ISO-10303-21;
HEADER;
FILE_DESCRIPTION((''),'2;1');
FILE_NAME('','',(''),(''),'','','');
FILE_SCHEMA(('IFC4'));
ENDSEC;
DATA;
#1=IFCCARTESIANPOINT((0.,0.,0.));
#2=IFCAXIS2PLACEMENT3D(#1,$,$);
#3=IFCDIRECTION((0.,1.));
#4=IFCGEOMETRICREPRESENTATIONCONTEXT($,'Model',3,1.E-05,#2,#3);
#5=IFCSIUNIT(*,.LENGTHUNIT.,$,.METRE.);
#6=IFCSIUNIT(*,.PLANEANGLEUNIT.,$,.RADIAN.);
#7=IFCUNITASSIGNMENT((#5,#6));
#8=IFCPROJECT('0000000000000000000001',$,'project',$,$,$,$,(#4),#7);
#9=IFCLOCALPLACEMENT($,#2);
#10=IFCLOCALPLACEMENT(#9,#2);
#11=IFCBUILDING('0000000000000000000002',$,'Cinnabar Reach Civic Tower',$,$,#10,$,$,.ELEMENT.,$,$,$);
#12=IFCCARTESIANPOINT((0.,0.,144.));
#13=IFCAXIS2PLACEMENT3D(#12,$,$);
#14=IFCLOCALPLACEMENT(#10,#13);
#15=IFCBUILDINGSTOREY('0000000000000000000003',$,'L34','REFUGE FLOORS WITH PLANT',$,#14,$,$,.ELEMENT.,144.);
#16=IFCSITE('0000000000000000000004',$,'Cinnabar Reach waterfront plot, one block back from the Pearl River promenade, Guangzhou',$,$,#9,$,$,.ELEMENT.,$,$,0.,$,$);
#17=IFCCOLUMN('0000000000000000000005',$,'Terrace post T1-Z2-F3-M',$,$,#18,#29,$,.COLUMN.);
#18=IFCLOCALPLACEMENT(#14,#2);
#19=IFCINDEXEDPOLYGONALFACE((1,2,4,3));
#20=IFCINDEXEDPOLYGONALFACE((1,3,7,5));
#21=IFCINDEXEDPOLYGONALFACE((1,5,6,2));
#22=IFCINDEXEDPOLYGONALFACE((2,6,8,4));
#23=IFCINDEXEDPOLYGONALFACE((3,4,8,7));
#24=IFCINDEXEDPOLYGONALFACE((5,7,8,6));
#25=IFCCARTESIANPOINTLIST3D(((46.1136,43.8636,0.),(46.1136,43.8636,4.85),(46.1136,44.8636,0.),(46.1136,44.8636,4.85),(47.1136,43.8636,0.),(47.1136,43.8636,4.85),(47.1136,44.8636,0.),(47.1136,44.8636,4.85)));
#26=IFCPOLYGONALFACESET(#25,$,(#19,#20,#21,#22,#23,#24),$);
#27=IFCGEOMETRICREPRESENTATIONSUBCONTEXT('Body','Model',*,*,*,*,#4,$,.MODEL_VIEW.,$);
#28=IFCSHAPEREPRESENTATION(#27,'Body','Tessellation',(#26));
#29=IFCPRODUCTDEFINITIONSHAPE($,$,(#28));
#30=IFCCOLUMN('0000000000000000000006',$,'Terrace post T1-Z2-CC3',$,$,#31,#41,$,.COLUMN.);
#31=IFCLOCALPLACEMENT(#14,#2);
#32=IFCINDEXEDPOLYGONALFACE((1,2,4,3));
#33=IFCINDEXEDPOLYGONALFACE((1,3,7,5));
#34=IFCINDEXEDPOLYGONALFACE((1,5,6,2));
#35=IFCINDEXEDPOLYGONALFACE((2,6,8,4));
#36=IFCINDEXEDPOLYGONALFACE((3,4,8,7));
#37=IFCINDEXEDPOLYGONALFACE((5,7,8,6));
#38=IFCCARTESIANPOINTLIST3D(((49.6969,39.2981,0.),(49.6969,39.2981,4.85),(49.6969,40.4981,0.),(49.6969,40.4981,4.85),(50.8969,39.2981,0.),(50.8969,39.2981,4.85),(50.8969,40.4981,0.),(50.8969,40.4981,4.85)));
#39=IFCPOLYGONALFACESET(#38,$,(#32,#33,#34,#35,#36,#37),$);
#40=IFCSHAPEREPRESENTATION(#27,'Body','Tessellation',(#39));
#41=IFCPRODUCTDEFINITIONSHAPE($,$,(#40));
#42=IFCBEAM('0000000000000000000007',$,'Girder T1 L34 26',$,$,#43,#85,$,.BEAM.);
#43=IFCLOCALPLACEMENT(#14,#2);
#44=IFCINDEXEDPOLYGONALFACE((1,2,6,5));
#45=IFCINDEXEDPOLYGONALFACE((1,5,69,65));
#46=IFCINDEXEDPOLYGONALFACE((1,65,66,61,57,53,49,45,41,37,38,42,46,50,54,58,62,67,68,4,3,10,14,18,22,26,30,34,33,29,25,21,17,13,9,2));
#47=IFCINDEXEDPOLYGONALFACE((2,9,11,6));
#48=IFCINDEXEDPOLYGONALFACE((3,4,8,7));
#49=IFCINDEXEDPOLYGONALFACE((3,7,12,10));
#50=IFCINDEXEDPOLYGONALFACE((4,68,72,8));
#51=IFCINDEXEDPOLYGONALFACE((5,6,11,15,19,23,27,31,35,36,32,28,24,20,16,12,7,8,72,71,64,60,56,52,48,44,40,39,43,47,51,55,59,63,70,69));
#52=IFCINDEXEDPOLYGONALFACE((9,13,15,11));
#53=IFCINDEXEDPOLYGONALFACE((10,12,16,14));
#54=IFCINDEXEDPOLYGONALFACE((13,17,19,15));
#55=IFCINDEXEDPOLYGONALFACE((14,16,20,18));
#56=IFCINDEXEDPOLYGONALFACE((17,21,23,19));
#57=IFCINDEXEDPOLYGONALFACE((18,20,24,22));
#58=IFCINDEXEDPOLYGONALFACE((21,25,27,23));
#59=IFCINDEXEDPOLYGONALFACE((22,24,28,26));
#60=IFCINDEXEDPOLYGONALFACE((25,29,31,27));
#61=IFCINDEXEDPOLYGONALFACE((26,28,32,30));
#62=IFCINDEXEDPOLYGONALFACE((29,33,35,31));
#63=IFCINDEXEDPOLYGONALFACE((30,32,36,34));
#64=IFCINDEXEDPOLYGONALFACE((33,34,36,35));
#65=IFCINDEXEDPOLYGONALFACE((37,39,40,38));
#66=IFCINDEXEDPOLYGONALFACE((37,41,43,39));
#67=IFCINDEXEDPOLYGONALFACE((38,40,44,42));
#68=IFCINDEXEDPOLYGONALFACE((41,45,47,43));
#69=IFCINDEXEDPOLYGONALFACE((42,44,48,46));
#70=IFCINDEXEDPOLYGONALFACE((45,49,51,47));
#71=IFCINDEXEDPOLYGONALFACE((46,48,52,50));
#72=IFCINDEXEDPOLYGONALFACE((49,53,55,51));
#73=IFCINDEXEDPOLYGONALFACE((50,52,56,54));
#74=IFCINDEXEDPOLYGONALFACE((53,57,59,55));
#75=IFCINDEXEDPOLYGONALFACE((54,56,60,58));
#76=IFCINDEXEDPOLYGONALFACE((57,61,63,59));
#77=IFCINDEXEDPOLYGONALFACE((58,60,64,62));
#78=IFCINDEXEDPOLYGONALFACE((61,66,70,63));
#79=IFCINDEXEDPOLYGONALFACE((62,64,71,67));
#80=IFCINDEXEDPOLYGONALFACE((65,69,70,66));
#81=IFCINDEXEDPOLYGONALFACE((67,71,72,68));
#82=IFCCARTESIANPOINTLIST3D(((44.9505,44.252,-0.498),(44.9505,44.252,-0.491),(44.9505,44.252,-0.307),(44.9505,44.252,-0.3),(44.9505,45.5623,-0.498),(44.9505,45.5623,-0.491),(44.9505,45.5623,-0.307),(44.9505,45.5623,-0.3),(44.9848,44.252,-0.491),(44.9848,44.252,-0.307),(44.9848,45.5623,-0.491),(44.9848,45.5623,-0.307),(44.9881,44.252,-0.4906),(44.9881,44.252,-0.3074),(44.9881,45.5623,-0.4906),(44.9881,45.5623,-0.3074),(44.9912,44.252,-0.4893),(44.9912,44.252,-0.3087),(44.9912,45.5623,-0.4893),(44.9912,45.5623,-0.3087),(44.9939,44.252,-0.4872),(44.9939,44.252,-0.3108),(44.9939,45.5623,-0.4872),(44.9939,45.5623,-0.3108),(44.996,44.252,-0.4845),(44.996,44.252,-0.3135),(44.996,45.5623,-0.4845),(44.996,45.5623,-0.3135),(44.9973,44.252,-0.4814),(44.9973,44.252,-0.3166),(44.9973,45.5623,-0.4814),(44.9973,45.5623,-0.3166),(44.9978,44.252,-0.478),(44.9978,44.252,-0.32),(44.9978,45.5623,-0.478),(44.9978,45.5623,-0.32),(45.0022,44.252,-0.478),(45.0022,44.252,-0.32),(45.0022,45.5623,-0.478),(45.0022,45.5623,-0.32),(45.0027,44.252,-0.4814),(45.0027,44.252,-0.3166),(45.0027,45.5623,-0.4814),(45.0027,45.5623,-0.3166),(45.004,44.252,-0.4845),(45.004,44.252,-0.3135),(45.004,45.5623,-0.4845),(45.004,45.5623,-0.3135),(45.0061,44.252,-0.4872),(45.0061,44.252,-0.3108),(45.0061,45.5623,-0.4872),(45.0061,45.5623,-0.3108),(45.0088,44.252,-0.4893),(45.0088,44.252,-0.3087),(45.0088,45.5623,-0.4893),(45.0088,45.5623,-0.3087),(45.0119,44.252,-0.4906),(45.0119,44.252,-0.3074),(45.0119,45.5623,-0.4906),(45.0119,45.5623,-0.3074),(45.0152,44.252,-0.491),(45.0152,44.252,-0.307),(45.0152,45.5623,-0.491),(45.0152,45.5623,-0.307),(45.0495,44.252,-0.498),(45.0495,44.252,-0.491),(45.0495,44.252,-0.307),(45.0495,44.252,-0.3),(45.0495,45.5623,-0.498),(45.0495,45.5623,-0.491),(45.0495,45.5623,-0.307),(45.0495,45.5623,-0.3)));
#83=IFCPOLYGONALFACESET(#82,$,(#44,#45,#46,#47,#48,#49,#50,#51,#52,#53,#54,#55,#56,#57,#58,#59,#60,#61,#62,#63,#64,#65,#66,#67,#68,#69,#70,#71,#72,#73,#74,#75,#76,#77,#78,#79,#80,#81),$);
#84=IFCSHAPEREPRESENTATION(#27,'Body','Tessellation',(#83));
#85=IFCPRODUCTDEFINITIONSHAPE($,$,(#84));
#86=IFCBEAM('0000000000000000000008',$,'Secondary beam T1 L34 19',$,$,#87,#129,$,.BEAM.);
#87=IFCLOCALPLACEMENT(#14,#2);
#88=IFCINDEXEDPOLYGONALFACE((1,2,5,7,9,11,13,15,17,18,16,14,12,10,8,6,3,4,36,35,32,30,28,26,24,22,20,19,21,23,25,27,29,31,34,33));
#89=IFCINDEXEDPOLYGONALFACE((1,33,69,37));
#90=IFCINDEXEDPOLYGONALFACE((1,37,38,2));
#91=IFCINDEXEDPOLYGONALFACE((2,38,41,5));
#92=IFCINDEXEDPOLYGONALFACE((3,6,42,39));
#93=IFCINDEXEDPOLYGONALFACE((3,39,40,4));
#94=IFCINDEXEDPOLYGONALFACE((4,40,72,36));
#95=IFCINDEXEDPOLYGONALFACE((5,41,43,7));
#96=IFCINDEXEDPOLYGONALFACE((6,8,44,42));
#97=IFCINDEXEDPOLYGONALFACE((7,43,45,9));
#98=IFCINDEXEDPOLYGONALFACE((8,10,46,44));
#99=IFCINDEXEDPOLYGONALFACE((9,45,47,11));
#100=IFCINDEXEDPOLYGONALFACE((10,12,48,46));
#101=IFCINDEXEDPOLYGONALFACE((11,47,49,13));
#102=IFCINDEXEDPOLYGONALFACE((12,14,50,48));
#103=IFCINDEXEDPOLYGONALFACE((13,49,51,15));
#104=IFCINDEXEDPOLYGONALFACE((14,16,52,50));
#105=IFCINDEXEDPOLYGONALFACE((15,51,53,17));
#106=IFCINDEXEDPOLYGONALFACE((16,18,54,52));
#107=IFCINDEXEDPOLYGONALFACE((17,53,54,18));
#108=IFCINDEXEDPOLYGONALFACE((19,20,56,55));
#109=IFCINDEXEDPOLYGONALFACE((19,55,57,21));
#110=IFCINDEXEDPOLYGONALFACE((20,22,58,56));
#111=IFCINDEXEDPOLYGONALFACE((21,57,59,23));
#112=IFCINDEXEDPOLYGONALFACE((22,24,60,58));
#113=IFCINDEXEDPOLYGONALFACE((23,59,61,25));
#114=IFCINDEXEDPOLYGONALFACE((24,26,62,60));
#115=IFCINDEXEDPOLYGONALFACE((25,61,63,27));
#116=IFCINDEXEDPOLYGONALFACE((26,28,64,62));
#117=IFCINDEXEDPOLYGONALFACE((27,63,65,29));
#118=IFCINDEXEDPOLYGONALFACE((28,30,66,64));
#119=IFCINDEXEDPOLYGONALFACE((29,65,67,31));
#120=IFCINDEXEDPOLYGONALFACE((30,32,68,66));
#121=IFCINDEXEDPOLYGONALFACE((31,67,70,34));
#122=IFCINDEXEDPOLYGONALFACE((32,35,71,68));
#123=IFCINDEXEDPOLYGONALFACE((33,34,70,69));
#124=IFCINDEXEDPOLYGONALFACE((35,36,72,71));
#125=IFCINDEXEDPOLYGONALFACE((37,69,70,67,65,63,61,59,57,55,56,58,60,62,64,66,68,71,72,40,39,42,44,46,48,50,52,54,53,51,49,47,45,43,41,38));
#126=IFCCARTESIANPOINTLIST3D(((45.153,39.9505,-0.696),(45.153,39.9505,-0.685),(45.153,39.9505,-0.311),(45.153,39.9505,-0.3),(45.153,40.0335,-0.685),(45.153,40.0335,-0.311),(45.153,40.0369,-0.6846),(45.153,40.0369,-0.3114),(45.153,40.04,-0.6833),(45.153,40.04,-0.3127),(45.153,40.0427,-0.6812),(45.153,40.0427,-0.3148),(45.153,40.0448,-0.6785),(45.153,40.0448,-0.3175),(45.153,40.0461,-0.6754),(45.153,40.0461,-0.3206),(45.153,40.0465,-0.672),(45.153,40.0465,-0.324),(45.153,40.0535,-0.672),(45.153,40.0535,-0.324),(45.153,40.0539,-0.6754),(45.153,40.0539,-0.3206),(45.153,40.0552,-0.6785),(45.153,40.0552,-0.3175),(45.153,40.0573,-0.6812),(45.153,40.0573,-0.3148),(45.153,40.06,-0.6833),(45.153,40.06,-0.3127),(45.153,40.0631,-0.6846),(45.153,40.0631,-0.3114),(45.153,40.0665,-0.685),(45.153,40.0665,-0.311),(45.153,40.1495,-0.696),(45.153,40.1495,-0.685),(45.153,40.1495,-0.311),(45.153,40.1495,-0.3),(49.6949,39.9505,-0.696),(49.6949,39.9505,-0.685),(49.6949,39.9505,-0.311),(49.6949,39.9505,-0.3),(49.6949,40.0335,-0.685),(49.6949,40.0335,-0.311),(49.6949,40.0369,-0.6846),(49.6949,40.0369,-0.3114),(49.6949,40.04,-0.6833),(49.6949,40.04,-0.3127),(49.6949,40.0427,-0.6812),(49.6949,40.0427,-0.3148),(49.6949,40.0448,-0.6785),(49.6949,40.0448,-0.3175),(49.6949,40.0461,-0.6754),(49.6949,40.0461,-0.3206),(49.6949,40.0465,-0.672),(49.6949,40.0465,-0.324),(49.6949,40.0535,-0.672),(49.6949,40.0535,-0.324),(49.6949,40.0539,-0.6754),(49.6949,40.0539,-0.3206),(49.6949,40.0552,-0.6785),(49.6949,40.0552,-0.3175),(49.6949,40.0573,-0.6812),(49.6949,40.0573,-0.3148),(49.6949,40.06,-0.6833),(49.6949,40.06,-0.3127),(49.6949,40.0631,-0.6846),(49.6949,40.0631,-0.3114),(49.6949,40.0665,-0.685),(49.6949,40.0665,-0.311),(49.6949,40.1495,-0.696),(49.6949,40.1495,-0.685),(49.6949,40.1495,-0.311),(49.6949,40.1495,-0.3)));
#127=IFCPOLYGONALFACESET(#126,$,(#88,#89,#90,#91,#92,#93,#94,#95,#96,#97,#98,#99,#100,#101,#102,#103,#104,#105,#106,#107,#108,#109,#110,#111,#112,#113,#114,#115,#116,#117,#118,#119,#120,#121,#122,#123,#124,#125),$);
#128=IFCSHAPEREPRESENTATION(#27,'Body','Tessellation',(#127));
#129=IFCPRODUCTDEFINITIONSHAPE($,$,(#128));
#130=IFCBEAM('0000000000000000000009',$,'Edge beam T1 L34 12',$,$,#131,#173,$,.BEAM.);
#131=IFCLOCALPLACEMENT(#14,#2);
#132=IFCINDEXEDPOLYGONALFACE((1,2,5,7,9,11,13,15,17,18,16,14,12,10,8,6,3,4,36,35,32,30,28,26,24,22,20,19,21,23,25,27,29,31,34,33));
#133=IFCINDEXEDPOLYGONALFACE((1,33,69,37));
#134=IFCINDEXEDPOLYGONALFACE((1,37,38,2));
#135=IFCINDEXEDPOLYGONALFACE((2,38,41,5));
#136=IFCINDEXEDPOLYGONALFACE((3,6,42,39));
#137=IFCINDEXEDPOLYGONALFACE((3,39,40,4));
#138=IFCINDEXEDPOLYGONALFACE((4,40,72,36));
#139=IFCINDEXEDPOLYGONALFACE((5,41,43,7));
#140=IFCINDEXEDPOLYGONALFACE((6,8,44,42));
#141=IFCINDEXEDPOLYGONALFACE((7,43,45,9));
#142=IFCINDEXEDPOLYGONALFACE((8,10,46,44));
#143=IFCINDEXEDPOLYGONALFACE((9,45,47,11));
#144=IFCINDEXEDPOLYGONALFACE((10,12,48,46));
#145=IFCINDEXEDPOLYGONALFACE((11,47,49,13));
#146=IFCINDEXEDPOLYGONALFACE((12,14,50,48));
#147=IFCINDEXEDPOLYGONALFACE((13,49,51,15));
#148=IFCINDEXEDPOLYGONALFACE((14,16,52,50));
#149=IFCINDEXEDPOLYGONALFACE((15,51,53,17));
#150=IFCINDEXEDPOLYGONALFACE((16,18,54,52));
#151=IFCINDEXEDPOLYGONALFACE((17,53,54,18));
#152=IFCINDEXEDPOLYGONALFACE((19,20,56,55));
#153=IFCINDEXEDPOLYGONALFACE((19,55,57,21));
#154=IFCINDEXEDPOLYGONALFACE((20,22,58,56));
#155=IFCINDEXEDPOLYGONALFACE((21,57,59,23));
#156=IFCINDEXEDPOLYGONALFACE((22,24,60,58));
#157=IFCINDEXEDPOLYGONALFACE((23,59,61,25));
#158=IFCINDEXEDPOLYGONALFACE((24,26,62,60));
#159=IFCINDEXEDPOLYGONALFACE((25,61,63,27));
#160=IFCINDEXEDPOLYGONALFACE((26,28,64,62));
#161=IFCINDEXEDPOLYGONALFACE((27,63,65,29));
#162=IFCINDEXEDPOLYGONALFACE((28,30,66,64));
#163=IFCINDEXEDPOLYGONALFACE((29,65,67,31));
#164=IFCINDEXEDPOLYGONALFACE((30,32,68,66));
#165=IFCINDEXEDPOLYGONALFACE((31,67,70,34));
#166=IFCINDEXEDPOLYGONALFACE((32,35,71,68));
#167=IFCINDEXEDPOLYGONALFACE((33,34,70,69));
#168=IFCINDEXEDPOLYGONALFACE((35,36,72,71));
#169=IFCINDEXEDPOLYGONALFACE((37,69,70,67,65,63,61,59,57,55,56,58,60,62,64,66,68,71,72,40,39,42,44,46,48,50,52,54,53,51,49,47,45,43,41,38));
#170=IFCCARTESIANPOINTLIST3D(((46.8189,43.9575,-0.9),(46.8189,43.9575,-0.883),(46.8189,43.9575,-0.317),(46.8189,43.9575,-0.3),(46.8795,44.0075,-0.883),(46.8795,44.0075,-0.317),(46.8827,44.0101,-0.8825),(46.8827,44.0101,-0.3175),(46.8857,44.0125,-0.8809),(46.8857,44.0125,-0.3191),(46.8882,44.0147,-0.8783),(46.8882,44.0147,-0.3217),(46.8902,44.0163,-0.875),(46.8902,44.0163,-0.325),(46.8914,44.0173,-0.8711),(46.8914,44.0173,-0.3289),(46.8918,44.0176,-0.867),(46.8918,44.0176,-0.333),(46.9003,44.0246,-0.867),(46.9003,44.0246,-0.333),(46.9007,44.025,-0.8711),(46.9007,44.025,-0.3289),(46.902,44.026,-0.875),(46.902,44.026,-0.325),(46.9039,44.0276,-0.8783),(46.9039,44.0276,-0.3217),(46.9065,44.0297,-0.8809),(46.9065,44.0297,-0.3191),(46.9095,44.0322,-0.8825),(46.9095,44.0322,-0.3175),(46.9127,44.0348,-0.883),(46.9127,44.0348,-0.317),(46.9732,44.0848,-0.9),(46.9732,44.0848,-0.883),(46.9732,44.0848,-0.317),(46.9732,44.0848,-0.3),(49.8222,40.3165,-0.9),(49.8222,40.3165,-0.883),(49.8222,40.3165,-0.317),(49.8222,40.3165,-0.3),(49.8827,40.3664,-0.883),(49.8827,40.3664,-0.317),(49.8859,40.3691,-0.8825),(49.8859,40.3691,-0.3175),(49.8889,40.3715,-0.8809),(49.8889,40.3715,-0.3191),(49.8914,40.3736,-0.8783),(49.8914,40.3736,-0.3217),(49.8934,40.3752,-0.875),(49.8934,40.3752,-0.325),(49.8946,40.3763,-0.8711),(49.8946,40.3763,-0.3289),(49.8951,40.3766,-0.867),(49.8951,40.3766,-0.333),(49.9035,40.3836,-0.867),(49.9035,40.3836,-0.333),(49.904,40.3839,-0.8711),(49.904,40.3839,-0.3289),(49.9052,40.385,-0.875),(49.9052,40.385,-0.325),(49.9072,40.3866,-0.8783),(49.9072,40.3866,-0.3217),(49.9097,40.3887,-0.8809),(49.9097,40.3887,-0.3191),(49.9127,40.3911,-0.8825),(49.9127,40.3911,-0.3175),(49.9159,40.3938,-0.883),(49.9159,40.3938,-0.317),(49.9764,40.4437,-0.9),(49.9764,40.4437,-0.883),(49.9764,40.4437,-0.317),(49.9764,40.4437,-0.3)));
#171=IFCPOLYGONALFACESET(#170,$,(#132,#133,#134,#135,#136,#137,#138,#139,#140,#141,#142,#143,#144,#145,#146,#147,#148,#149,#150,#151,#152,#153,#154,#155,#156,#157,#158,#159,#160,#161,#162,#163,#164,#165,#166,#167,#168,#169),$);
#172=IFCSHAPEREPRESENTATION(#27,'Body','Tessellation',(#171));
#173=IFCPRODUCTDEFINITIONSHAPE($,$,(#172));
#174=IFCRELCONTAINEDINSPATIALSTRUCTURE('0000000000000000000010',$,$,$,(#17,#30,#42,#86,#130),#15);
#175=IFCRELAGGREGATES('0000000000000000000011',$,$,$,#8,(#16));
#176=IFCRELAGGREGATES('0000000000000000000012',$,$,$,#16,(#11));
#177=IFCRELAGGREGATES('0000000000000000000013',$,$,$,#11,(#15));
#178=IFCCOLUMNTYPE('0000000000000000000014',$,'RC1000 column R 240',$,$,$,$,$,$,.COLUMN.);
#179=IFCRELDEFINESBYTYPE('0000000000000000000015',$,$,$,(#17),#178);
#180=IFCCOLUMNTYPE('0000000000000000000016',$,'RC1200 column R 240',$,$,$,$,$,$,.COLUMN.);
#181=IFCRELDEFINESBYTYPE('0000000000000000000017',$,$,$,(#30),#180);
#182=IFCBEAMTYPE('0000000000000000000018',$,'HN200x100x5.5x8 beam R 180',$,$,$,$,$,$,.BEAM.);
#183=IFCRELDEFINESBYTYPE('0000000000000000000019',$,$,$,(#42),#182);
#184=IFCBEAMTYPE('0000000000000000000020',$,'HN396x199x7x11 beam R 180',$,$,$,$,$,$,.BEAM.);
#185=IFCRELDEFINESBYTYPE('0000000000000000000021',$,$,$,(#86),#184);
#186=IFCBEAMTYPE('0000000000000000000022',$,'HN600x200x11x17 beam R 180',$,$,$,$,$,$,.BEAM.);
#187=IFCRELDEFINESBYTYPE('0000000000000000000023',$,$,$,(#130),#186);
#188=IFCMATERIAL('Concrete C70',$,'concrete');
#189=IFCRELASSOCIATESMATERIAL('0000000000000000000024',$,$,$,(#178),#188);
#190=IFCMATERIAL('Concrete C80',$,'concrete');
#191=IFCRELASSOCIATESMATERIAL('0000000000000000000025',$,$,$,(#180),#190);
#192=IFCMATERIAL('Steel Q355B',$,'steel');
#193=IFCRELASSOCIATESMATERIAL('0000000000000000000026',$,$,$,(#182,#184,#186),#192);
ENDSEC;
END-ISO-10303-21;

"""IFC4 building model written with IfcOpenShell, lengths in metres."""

from ifc_helpers import new_model, si_unit, direction, frame, origin, origin_2d, place, context, subcontext, project, spatial, rectangle, i_section, extrude, material, material_profile, profile_set, type_object, element, save


model = new_model("IFC4")

# Units and contexts
model_context = context("Model", 3, precision=1e-05, world=origin(), true_north=direction((0.0, 1.0)))
body_context = subcontext(model_context, "Body", "Model", "MODEL_VIEW")
ifc_project = project(units=[si_unit("LENGTHUNIT", "METRE"), si_unit("PLANEANGLEUNIT", "RADIAN")], contexts=[model_context])

# Site, building, storey
site_placement = place(None, origin())
site = spatial("IfcSite", under=ifc_project, at=site_placement, Name="Cinnabar Reach waterfront plot, one block back from the Pearl River promenade, Guangzhou", CompositionType="ELEMENT", RefElevation=0.0)
building_placement = place(site_placement, origin())
building = spatial("IfcBuilding", under=site, at=building_placement, Name="Cinnabar Reach Civic Tower", CompositionType="ELEMENT")
storey_placement = place(building_placement, frame((0.0, 0.0, 144.0)))
storey = spatial("IfcBuildingStorey", under=building, at=storey_placement, Name="L34", Description="REFUGE FLOORS WITH PLANT", CompositionType="ELEMENT", Elevation=144.0)

# Columns
ifc_material_1 = material(Name="Concrete C70", Category="concrete")
ifc_material_profile_1 = material_profile(ifc_material_1, rectangle(XDim=1.0, YDim=1.0, at=origin_2d()), Name="RC1000")
ifc_profile_set_1 = profile_set([ifc_material_profile_1], Name="Concrete C70")
column_type_1 = type_object("IfcColumnType", Name="RC1000 column R 240", PredefinedType="COLUMN", material=ifc_profile_set_1)
column_1_placement = place(storey_placement, frame((46.6136, 44.3636, 0.0), z_axis=(0.0, 0.0, 1.0), x_axis=(1.0, 0.0, 0.0)))
element("IfcColumn", 1, at=column_1_placement, inside=storey, type_object=column_type_1, Name="Terrace post T1-Z2-F3-M", PredefinedType="COLUMN", context=body_context, shape_type="SweptSolid", body=[
    extrude(rectangle(XDim=1.0, YDim=1.0, at=origin_2d()), origin(), (0.0, 0.0, 1.0), 4.85),
])
ifc_material_2 = material(Name="Concrete C80", Category="concrete")
ifc_material_profile_2 = material_profile(ifc_material_2, rectangle(XDim=1.2, YDim=1.2, at=origin_2d()), Name="RC1200")
ifc_profile_set_2 = profile_set([ifc_material_profile_2], Name="Concrete C80")
column_type_2 = type_object("IfcColumnType", Name="RC1200 column R 240", PredefinedType="COLUMN", material=ifc_profile_set_2)
column_2_placement = place(storey_placement, frame((50.2969, 39.8981, 0.0), z_axis=(0.0, 0.0, 1.0), x_axis=(1.0, 0.0, 0.0)))
element("IfcColumn", 2, at=column_2_placement, inside=storey, type_object=column_type_2, Name="Terrace post T1-Z2-CC3", PredefinedType="COLUMN", context=body_context, shape_type="SweptSolid", body=[
    extrude(rectangle(XDim=1.2, YDim=1.2, at=origin_2d()), origin(), (0.0, 0.0, 1.0), 4.85),
])

# Beams
ifc_material_3 = material(Name="Steel Q355B", Category="steel")
ifc_material_profile_3 = material_profile(ifc_material_3, i_section(OverallWidth=0.099, OverallDepth=0.198, WebThickness=0.0045, FlangeThickness=0.007, FilletRadius=0.013, at=origin_2d()), Name="HN200x100x5.5x8")
ifc_profile_set_3 = profile_set([ifc_material_profile_3], Name="Steel Q355B")
beam_type_1 = type_object("IfcBeamType", Name="HN200x100x5.5x8 beam R 180", PredefinedType="BEAM", material=ifc_profile_set_3)
beam_1_placement = place(storey_placement, frame((45.0, 44.252, -0.399), z_axis=(0.0, 1.0, 0.0), x_axis=(-1.0, 0.0, 0.0)))
element("IfcBeam", 3, at=beam_1_placement, inside=storey, type_object=beam_type_1, Name="Girder T1 L34 26", PredefinedType="BEAM", context=body_context, shape_type="SweptSolid", body=[
    extrude(i_section(OverallWidth=0.099, OverallDepth=0.198, WebThickness=0.0045, FlangeThickness=0.007, FilletRadius=0.013, at=origin_2d()), origin(), (0.0, 0.0, 1.0), 1.3103),
])
ifc_material_profile_4 = material_profile(ifc_material_3, i_section(OverallWidth=0.199, OverallDepth=0.396, WebThickness=0.007, FlangeThickness=0.011, FilletRadius=0.013, at=origin_2d()), Name="HN396x199x7x11")
ifc_profile_set_4 = profile_set([ifc_material_profile_4], Name="Steel Q355B")
beam_type_2 = type_object("IfcBeamType", Name="HN396x199x7x11 beam R 180", PredefinedType="BEAM", material=ifc_profile_set_4)
beam_2_placement = place(storey_placement, frame((45.153, 40.05, -0.498), z_axis=(1.0, 0.0, 0.0), x_axis=(0.0, 1.0, 0.0)))
element("IfcBeam", 4, at=beam_2_placement, inside=storey, type_object=beam_type_2, Name="Secondary beam T1 L34 19", PredefinedType="BEAM", context=body_context, shape_type="SweptSolid", body=[
    extrude(i_section(OverallWidth=0.199, OverallDepth=0.396, WebThickness=0.007, FlangeThickness=0.011, FilletRadius=0.013, at=origin_2d()), origin(), (0.0, 0.0, 1.0), 4.5419),
])
ifc_material_profile_5 = material_profile(ifc_material_3, i_section(OverallWidth=0.2, OverallDepth=0.6, WebThickness=0.011, FlangeThickness=0.017, FilletRadius=0.016, at=origin_2d()), Name="HN600x200x11x17")
ifc_profile_set_5 = profile_set([ifc_material_profile_5], Name="Steel Q355B")
beam_type_3 = type_object("IfcBeamType", Name="HN600x200x11x17 beam R 180", PredefinedType="BEAM", material=ifc_profile_set_5)
for number, where, z_axis, x_axis, name in (
    (5, (49.8993, 40.3801, -0.6), (-0.636304, 0.771438, 0.0), (-0.771438, -0.636304, 0.0), "Edge beam T1 L34 12"),
):
    element("IfcBeam", number, at=place(storey_placement, frame(where, z_axis=z_axis, x_axis=x_axis)), inside=storey, type_object=beam_type_3, Name=name, PredefinedType="BEAM", context=body_context, shape_type="SweptSolid", body=[
        extrude(i_section(OverallWidth=0.2, OverallDepth=0.6, WebThickness=0.011, FlangeThickness=0.017, FilletRadius=0.016, at=origin_2d()), origin(), (0.0, 0.0, 1.0), 4.7198),
    ])

save(model, "model.ifc")
